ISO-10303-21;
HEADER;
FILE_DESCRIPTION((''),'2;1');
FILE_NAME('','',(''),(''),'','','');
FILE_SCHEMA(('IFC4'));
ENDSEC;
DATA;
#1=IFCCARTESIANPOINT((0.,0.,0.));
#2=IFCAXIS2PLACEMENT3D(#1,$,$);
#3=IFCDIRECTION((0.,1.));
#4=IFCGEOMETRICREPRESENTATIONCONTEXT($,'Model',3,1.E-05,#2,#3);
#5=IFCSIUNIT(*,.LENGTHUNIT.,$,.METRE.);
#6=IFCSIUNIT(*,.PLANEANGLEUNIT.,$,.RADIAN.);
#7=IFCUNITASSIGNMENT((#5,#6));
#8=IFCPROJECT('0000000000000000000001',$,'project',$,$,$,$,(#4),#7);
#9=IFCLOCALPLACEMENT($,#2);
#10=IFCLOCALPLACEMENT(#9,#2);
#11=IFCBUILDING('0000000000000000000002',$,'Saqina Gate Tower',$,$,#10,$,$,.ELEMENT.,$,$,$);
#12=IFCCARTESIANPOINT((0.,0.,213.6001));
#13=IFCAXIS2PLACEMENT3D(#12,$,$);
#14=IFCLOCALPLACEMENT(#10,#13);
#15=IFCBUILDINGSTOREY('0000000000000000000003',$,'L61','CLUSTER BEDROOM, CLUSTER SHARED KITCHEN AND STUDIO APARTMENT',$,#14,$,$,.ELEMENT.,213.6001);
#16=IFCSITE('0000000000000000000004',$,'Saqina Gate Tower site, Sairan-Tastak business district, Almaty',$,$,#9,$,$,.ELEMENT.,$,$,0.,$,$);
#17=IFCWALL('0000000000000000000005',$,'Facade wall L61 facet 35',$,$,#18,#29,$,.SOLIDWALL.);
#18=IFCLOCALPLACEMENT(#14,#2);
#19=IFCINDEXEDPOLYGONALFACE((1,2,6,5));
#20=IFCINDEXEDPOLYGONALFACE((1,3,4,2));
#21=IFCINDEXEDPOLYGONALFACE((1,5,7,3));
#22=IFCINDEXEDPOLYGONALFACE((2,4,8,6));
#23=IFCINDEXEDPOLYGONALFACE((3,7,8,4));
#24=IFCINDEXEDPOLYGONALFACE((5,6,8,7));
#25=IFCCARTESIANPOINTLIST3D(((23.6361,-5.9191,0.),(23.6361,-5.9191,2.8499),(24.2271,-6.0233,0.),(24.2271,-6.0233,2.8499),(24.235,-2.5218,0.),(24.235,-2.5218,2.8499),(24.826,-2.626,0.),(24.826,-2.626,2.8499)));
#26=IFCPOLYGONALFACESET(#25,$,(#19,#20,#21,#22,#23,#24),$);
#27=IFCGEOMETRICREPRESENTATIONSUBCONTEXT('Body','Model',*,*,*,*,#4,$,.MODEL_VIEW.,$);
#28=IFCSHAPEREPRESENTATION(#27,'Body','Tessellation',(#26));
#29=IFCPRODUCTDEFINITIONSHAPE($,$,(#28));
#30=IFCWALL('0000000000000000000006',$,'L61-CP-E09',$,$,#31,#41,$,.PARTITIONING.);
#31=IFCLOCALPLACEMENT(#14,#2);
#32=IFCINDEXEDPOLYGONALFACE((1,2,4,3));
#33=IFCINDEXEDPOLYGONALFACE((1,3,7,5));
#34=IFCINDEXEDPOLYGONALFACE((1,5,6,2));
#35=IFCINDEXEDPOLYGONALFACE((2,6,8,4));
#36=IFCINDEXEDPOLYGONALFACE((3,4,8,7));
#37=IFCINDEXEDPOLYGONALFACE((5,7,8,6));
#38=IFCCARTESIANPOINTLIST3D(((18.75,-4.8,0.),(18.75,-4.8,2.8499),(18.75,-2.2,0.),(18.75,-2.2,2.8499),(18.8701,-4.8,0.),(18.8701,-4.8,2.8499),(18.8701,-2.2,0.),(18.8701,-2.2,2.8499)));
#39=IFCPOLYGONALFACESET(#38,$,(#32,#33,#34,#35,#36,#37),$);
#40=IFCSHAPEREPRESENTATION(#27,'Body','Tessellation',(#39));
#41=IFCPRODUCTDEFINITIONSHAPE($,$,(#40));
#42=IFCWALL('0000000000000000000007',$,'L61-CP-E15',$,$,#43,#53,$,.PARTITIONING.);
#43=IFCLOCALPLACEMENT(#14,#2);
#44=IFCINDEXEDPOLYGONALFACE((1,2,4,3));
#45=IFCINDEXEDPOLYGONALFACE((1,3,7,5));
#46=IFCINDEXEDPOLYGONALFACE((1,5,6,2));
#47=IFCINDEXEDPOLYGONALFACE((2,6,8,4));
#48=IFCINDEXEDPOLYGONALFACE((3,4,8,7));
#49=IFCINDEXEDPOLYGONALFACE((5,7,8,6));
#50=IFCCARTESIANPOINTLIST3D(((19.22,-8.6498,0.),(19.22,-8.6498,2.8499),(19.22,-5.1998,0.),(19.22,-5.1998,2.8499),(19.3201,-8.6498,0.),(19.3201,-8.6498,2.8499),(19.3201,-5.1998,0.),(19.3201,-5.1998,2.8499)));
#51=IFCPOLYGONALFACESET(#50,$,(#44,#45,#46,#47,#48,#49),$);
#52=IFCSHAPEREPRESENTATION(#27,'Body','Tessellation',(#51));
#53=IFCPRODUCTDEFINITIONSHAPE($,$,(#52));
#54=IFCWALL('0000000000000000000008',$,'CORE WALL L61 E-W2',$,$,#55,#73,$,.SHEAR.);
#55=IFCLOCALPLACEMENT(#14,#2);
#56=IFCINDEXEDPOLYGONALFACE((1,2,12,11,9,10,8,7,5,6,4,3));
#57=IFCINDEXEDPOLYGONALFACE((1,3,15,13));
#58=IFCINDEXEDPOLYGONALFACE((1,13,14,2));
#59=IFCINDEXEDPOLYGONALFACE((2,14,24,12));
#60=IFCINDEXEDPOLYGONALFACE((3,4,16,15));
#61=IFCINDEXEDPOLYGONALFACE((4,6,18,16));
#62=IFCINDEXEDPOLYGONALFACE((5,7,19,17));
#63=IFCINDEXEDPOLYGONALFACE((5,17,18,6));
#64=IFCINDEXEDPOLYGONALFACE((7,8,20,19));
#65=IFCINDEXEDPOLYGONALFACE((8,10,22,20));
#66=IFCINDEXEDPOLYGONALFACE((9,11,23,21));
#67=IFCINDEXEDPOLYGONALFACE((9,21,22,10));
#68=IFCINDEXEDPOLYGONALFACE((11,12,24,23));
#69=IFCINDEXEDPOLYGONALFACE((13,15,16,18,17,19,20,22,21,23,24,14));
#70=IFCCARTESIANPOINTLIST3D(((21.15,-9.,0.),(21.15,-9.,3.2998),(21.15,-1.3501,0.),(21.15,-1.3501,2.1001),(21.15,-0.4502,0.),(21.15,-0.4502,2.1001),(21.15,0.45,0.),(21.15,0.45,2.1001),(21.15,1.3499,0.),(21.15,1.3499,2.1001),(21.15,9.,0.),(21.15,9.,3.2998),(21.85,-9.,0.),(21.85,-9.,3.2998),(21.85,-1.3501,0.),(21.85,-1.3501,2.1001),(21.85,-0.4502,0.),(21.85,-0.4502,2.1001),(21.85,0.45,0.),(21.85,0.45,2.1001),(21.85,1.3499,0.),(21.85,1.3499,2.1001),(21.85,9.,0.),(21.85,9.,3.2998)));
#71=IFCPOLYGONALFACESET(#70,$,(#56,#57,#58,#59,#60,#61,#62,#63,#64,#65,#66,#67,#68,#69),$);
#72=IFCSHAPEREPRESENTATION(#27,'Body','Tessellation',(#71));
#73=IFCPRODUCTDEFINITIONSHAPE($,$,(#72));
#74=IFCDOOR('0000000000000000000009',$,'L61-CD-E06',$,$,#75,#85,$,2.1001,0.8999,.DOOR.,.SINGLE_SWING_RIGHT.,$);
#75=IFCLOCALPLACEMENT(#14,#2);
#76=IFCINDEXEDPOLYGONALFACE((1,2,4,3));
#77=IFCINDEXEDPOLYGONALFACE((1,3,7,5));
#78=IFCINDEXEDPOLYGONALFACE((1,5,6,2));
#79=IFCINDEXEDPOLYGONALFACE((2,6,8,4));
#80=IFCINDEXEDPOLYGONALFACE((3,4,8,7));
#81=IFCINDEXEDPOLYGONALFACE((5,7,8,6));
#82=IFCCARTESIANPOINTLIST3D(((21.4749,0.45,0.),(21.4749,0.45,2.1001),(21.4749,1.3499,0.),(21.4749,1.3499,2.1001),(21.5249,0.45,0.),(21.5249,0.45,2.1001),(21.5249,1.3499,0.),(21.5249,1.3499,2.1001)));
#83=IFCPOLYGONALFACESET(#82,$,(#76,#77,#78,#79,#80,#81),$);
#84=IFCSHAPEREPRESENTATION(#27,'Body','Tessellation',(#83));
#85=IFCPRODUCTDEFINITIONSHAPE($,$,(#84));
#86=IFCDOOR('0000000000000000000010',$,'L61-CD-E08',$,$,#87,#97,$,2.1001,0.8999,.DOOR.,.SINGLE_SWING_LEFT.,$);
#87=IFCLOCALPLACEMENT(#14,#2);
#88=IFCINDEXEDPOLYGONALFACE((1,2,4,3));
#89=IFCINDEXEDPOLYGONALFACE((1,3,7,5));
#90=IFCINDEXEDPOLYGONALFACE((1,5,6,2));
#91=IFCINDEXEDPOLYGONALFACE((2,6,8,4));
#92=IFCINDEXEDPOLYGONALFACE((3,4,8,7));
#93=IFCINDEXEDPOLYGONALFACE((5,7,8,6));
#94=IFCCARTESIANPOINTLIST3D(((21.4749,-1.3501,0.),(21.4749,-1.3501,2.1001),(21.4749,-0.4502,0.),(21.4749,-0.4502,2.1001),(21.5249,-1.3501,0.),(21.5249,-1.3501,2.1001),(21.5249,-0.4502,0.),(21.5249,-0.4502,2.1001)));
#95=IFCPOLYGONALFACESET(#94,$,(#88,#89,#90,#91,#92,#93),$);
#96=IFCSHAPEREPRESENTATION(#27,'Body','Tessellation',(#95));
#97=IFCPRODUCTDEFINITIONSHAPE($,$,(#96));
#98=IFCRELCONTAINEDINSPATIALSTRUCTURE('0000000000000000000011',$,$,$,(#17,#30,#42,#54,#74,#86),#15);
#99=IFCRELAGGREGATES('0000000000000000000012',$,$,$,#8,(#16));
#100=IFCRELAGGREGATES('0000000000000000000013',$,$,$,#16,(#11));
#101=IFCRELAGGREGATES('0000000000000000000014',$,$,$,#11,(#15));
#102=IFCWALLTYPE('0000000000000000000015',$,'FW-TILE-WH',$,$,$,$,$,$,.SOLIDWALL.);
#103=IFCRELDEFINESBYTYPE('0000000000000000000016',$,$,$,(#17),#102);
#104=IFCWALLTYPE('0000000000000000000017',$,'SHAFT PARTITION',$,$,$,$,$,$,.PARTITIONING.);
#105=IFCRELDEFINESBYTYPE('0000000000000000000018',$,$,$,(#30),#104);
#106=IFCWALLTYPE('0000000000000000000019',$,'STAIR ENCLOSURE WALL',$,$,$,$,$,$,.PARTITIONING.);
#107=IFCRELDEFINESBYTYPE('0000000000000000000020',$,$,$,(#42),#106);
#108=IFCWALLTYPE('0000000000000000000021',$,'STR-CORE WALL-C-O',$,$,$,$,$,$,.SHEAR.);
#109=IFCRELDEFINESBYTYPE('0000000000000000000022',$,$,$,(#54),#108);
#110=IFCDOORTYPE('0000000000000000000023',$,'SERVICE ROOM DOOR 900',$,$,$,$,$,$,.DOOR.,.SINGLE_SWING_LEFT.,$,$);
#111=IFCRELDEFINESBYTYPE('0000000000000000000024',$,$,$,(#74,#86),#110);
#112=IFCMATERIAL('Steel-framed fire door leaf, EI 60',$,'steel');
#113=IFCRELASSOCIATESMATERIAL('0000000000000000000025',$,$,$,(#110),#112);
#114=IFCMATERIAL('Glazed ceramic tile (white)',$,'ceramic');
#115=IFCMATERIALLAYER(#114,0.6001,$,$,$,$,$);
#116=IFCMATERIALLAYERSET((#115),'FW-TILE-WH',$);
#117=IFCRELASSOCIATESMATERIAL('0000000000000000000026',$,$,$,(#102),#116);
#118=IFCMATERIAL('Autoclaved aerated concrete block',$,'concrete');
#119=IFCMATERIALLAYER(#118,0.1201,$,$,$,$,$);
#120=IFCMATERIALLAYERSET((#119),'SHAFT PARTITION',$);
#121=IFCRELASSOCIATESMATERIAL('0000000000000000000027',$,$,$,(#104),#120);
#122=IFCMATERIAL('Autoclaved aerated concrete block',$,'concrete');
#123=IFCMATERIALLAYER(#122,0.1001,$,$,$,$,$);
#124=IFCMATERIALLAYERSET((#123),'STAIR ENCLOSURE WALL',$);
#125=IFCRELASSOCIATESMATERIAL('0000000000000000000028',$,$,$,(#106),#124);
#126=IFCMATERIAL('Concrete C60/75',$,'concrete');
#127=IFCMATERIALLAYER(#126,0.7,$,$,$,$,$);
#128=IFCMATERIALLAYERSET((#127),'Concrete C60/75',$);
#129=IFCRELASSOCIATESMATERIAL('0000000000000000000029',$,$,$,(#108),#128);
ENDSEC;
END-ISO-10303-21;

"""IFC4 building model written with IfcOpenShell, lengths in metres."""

from ifc_helpers import new_model, si_unit, direction, frame, frame_2d, origin, place, context, subcontext, project, spatial, rectangle, extrude, material, layer, layer_set, type_object, element, fill, save


model = new_model("IFC4")

# Units and contexts
model_context = context("Model", 3, precision=1e-05, world=origin(), true_north=direction((0.0, 1.0)))
body_context = subcontext(model_context, "Body", "Model", "MODEL_VIEW")
ifc_project = project(units=[si_unit("LENGTHUNIT", "METRE"), si_unit("PLANEANGLEUNIT", "RADIAN")], contexts=[model_context])

# Site, building, storey
site_placement = place(None, origin())
site = spatial("IfcSite", under=ifc_project, at=site_placement, Name="Saqina Gate Tower site, Sairan-Tastak business district, Almaty", CompositionType="ELEMENT", RefElevation=0.0)
building_placement = place(site_placement, origin())
building = spatial("IfcBuilding", under=site, at=building_placement, Name="Saqina Gate Tower", CompositionType="ELEMENT")
storey_placement = place(building_placement, frame((0.0, 0.0, 213.6001)))
storey = spatial("IfcBuildingStorey", under=building, at=storey_placement, Name="L61", Description="CLUSTER BEDROOM, CLUSTER SHARED KITCHEN AND STUDIO APARTMENT", CompositionType="ELEMENT", Elevation=213.6001)

# Shared definitions
ifc_material_1 = material(Name="Steel-framed fire door leaf, EI 60", Category="steel")
door_type_1 = type_object("IfcDoorType", Name="SERVICE ROOM DOOR 900", OperationType="SINGLE_SWING_LEFT", PredefinedType="DOOR", material=ifc_material_1)

# Walls
ifc_material_2 = material(Name="Glazed ceramic tile (white)", Category="ceramic")
ifc_layer_1 = layer(ifc_material_2, 0.6001)
ifc_layer_set_1 = layer_set([ifc_layer_1], Name="FW-TILE-WH")
wall_type_1 = type_object("IfcWallType", Name="FW-TILE-WH", PredefinedType="SOLIDWALL", material=ifc_layer_set_1)
wall_1_placement = place(storey_placement, frame((23.9316, -5.9712, 0.0), z_axis=(0.0, 0.0, 1.0), x_axis=(0.173608, 0.984815, 0.0)))
element("IfcWall", 1, at=wall_1_placement, inside=storey, type_object=wall_type_1, Name="Facade wall L61 facet 35", PredefinedType="SOLIDWALL", context=body_context, shape_type="SweptSolid", body=[
    extrude(rectangle(XDim=3.4497, YDim=0.6001, at=frame_2d((1.7249, 0.0))), origin(), (0.0, 0.0, 1.0), 2.8499),
])
ifc_material_3 = material(Name="Autoclaved aerated concrete block", Category="concrete")
ifc_layer_2 = layer(ifc_material_3, 0.1201)
ifc_layer_set_2 = layer_set([ifc_layer_2], Name="SHAFT PARTITION")
wall_type_2 = type_object("IfcWallType", Name="SHAFT PARTITION", PredefinedType="PARTITIONING", material=ifc_layer_set_2)
wall_2_placement = place(storey_placement, frame((18.8101, -4.8, 0.0), z_axis=(0.0, 0.0, 1.0), x_axis=(0.0, 1.0, 0.0)))
element("IfcWall", 2, at=wall_2_placement, inside=storey, type_object=wall_type_2, Name="L61-CP-E09", PredefinedType="PARTITIONING", context=body_context, shape_type="SweptSolid", body=[
    extrude(rectangle(XDim=2.6001, YDim=0.1201, at=frame_2d((1.3, 0.0))), origin(), (0.0, 0.0, 1.0), 2.8499),
])
ifc_material_4 = material(Name="Autoclaved aerated concrete block", Category="concrete")
ifc_layer_3 = layer(ifc_material_4, 0.1001)
ifc_layer_set_3 = layer_set([ifc_layer_3], Name="STAIR ENCLOSURE WALL")
wall_type_3 = type_object("IfcWallType", Name="STAIR ENCLOSURE WALL", PredefinedType="PARTITIONING", material=ifc_layer_set_3)
wall_3_placement = place(storey_placement, frame((19.27, -8.6499, 0.0), z_axis=(0.0, 0.0, 1.0), x_axis=(0.0, 1.0, 0.0)))
element("IfcWall", 3, at=wall_3_placement, inside=storey, type_object=wall_type_3, Name="L61-CP-E15", PredefinedType="PARTITIONING", context=body_context, shape_type="SweptSolid", body=[
    extrude(rectangle(XDim=3.45, YDim=0.1001, at=frame_2d((1.7251, 0.0))), origin(), (0.0, 0.0, 1.0), 2.8499),
])

# Wall, openings, doors
ifc_material_5 = material(Name="Concrete C60/75", Category="concrete")
ifc_layer_4 = layer(ifc_material_5, 0.7)
ifc_layer_set_4 = layer_set([ifc_layer_4], Name="Concrete C60/75")
wall_type_4 = type_object("IfcWallType", Name="STR-CORE WALL-C-O", PredefinedType="SHEAR", material=ifc_layer_set_4)
wall_4_placement = place(storey_placement, frame((21.5, -9.0, 0.0), z_axis=(0.0, 0.0, 1.0), x_axis=(0.0, 1.0, 0.0)))
wall_4 = element("IfcWall", 4, at=wall_4_placement, inside=storey, type_object=wall_type_4, Name="CORE WALL L61 E-W2", PredefinedType="SHEAR", context=body_context, shape_type="SweptSolid", body=[
    extrude(rectangle(XDim=18.0, YDim=0.7, at=frame_2d((9.0, 0.0))), origin(), (0.0, 0.0, 1.0), 3.2998),
])
opening_1_placement = place(wall_4_placement, frame((9.45, 0.0, 0.0)))
opening_1 = element("IfcOpeningElement", 5, at=opening_1_placement, cuts=wall_4, PredefinedType="OPENING", context=body_context, shape_type="SweptSolid", body=[
    extrude(rectangle(XDim=0.8999, YDim=2.1001, at=frame_2d((0.45, 1.05))), frame((0.0, 0.3621, 0.0), z_axis=(0.0, -1.0, 0.0), x_axis=(1.0, 0.0, 0.0)), (0.0, 0.0, 1.0), 0.7239),
])
opening_2_placement = place(wall_4_placement, frame((7.6499, 0.0, 0.0)))
opening_2 = element("IfcOpeningElement", 6, at=opening_2_placement, cuts=wall_4, PredefinedType="OPENING", context=body_context, shape_type="SweptSolid", body=[
    extrude(rectangle(XDim=0.8999, YDim=2.1001, at=frame_2d((0.45, 1.05))), frame((0.0, 0.3621, 0.0), z_axis=(0.0, -1.0, 0.0), x_axis=(1.0, 0.0, 0.0)), (0.0, 0.0, 1.0), 0.7239),
])
door_1_placement = place(opening_1_placement, frame((0.8999, 0.0, 0.0), z_axis=(0.0, 0.0, 1.0), x_axis=(-1.0, 0.0, 0.0)))
door_1 = element("IfcDoor", 7, at=door_1_placement, inside=storey, type_object=door_type_1, Name="L61-CD-E06", OperationType="SINGLE_SWING_RIGHT", OverallHeight=2.1001, OverallWidth=0.8999, PredefinedType="DOOR", context=body_context, shape_type="SweptSolid", body=[
    extrude(rectangle(XDim=0.8999, YDim=2.1001, at=frame_2d((0.45, 1.05))), frame((0.0, 0.0249, 0.0), z_axis=(0.0, -1.0, 0.0), x_axis=(1.0, 0.0, 0.0)), (0.0, 0.0, 1.0), 0.05),
])
fill(opening_1, door_1)
door_2_placement = place(opening_2_placement, frame((0.8999, 0.0, 0.0), z_axis=(0.0, 0.0, 1.0), x_axis=(-1.0, 0.0, 0.0)))
door_2 = element("IfcDoor", 8, at=door_2_placement, inside=storey, type_object=door_type_1, Name="L61-CD-E08", OperationType="SINGLE_SWING_LEFT", OverallHeight=2.1001, OverallWidth=0.8999, PredefinedType="DOOR", context=body_context, shape_type="SweptSolid", body=[
    extrude(rectangle(XDim=0.8999, YDim=2.1001, at=frame_2d((0.45, 1.05))), frame((0.0, 0.0249, 0.0), z_axis=(0.0, -1.0, 0.0), x_axis=(1.0, 0.0, 0.0)), (0.0, 0.0, 1.0), 0.05),
])
fill(opening_2, door_2)

save(model, "model.ifc")
